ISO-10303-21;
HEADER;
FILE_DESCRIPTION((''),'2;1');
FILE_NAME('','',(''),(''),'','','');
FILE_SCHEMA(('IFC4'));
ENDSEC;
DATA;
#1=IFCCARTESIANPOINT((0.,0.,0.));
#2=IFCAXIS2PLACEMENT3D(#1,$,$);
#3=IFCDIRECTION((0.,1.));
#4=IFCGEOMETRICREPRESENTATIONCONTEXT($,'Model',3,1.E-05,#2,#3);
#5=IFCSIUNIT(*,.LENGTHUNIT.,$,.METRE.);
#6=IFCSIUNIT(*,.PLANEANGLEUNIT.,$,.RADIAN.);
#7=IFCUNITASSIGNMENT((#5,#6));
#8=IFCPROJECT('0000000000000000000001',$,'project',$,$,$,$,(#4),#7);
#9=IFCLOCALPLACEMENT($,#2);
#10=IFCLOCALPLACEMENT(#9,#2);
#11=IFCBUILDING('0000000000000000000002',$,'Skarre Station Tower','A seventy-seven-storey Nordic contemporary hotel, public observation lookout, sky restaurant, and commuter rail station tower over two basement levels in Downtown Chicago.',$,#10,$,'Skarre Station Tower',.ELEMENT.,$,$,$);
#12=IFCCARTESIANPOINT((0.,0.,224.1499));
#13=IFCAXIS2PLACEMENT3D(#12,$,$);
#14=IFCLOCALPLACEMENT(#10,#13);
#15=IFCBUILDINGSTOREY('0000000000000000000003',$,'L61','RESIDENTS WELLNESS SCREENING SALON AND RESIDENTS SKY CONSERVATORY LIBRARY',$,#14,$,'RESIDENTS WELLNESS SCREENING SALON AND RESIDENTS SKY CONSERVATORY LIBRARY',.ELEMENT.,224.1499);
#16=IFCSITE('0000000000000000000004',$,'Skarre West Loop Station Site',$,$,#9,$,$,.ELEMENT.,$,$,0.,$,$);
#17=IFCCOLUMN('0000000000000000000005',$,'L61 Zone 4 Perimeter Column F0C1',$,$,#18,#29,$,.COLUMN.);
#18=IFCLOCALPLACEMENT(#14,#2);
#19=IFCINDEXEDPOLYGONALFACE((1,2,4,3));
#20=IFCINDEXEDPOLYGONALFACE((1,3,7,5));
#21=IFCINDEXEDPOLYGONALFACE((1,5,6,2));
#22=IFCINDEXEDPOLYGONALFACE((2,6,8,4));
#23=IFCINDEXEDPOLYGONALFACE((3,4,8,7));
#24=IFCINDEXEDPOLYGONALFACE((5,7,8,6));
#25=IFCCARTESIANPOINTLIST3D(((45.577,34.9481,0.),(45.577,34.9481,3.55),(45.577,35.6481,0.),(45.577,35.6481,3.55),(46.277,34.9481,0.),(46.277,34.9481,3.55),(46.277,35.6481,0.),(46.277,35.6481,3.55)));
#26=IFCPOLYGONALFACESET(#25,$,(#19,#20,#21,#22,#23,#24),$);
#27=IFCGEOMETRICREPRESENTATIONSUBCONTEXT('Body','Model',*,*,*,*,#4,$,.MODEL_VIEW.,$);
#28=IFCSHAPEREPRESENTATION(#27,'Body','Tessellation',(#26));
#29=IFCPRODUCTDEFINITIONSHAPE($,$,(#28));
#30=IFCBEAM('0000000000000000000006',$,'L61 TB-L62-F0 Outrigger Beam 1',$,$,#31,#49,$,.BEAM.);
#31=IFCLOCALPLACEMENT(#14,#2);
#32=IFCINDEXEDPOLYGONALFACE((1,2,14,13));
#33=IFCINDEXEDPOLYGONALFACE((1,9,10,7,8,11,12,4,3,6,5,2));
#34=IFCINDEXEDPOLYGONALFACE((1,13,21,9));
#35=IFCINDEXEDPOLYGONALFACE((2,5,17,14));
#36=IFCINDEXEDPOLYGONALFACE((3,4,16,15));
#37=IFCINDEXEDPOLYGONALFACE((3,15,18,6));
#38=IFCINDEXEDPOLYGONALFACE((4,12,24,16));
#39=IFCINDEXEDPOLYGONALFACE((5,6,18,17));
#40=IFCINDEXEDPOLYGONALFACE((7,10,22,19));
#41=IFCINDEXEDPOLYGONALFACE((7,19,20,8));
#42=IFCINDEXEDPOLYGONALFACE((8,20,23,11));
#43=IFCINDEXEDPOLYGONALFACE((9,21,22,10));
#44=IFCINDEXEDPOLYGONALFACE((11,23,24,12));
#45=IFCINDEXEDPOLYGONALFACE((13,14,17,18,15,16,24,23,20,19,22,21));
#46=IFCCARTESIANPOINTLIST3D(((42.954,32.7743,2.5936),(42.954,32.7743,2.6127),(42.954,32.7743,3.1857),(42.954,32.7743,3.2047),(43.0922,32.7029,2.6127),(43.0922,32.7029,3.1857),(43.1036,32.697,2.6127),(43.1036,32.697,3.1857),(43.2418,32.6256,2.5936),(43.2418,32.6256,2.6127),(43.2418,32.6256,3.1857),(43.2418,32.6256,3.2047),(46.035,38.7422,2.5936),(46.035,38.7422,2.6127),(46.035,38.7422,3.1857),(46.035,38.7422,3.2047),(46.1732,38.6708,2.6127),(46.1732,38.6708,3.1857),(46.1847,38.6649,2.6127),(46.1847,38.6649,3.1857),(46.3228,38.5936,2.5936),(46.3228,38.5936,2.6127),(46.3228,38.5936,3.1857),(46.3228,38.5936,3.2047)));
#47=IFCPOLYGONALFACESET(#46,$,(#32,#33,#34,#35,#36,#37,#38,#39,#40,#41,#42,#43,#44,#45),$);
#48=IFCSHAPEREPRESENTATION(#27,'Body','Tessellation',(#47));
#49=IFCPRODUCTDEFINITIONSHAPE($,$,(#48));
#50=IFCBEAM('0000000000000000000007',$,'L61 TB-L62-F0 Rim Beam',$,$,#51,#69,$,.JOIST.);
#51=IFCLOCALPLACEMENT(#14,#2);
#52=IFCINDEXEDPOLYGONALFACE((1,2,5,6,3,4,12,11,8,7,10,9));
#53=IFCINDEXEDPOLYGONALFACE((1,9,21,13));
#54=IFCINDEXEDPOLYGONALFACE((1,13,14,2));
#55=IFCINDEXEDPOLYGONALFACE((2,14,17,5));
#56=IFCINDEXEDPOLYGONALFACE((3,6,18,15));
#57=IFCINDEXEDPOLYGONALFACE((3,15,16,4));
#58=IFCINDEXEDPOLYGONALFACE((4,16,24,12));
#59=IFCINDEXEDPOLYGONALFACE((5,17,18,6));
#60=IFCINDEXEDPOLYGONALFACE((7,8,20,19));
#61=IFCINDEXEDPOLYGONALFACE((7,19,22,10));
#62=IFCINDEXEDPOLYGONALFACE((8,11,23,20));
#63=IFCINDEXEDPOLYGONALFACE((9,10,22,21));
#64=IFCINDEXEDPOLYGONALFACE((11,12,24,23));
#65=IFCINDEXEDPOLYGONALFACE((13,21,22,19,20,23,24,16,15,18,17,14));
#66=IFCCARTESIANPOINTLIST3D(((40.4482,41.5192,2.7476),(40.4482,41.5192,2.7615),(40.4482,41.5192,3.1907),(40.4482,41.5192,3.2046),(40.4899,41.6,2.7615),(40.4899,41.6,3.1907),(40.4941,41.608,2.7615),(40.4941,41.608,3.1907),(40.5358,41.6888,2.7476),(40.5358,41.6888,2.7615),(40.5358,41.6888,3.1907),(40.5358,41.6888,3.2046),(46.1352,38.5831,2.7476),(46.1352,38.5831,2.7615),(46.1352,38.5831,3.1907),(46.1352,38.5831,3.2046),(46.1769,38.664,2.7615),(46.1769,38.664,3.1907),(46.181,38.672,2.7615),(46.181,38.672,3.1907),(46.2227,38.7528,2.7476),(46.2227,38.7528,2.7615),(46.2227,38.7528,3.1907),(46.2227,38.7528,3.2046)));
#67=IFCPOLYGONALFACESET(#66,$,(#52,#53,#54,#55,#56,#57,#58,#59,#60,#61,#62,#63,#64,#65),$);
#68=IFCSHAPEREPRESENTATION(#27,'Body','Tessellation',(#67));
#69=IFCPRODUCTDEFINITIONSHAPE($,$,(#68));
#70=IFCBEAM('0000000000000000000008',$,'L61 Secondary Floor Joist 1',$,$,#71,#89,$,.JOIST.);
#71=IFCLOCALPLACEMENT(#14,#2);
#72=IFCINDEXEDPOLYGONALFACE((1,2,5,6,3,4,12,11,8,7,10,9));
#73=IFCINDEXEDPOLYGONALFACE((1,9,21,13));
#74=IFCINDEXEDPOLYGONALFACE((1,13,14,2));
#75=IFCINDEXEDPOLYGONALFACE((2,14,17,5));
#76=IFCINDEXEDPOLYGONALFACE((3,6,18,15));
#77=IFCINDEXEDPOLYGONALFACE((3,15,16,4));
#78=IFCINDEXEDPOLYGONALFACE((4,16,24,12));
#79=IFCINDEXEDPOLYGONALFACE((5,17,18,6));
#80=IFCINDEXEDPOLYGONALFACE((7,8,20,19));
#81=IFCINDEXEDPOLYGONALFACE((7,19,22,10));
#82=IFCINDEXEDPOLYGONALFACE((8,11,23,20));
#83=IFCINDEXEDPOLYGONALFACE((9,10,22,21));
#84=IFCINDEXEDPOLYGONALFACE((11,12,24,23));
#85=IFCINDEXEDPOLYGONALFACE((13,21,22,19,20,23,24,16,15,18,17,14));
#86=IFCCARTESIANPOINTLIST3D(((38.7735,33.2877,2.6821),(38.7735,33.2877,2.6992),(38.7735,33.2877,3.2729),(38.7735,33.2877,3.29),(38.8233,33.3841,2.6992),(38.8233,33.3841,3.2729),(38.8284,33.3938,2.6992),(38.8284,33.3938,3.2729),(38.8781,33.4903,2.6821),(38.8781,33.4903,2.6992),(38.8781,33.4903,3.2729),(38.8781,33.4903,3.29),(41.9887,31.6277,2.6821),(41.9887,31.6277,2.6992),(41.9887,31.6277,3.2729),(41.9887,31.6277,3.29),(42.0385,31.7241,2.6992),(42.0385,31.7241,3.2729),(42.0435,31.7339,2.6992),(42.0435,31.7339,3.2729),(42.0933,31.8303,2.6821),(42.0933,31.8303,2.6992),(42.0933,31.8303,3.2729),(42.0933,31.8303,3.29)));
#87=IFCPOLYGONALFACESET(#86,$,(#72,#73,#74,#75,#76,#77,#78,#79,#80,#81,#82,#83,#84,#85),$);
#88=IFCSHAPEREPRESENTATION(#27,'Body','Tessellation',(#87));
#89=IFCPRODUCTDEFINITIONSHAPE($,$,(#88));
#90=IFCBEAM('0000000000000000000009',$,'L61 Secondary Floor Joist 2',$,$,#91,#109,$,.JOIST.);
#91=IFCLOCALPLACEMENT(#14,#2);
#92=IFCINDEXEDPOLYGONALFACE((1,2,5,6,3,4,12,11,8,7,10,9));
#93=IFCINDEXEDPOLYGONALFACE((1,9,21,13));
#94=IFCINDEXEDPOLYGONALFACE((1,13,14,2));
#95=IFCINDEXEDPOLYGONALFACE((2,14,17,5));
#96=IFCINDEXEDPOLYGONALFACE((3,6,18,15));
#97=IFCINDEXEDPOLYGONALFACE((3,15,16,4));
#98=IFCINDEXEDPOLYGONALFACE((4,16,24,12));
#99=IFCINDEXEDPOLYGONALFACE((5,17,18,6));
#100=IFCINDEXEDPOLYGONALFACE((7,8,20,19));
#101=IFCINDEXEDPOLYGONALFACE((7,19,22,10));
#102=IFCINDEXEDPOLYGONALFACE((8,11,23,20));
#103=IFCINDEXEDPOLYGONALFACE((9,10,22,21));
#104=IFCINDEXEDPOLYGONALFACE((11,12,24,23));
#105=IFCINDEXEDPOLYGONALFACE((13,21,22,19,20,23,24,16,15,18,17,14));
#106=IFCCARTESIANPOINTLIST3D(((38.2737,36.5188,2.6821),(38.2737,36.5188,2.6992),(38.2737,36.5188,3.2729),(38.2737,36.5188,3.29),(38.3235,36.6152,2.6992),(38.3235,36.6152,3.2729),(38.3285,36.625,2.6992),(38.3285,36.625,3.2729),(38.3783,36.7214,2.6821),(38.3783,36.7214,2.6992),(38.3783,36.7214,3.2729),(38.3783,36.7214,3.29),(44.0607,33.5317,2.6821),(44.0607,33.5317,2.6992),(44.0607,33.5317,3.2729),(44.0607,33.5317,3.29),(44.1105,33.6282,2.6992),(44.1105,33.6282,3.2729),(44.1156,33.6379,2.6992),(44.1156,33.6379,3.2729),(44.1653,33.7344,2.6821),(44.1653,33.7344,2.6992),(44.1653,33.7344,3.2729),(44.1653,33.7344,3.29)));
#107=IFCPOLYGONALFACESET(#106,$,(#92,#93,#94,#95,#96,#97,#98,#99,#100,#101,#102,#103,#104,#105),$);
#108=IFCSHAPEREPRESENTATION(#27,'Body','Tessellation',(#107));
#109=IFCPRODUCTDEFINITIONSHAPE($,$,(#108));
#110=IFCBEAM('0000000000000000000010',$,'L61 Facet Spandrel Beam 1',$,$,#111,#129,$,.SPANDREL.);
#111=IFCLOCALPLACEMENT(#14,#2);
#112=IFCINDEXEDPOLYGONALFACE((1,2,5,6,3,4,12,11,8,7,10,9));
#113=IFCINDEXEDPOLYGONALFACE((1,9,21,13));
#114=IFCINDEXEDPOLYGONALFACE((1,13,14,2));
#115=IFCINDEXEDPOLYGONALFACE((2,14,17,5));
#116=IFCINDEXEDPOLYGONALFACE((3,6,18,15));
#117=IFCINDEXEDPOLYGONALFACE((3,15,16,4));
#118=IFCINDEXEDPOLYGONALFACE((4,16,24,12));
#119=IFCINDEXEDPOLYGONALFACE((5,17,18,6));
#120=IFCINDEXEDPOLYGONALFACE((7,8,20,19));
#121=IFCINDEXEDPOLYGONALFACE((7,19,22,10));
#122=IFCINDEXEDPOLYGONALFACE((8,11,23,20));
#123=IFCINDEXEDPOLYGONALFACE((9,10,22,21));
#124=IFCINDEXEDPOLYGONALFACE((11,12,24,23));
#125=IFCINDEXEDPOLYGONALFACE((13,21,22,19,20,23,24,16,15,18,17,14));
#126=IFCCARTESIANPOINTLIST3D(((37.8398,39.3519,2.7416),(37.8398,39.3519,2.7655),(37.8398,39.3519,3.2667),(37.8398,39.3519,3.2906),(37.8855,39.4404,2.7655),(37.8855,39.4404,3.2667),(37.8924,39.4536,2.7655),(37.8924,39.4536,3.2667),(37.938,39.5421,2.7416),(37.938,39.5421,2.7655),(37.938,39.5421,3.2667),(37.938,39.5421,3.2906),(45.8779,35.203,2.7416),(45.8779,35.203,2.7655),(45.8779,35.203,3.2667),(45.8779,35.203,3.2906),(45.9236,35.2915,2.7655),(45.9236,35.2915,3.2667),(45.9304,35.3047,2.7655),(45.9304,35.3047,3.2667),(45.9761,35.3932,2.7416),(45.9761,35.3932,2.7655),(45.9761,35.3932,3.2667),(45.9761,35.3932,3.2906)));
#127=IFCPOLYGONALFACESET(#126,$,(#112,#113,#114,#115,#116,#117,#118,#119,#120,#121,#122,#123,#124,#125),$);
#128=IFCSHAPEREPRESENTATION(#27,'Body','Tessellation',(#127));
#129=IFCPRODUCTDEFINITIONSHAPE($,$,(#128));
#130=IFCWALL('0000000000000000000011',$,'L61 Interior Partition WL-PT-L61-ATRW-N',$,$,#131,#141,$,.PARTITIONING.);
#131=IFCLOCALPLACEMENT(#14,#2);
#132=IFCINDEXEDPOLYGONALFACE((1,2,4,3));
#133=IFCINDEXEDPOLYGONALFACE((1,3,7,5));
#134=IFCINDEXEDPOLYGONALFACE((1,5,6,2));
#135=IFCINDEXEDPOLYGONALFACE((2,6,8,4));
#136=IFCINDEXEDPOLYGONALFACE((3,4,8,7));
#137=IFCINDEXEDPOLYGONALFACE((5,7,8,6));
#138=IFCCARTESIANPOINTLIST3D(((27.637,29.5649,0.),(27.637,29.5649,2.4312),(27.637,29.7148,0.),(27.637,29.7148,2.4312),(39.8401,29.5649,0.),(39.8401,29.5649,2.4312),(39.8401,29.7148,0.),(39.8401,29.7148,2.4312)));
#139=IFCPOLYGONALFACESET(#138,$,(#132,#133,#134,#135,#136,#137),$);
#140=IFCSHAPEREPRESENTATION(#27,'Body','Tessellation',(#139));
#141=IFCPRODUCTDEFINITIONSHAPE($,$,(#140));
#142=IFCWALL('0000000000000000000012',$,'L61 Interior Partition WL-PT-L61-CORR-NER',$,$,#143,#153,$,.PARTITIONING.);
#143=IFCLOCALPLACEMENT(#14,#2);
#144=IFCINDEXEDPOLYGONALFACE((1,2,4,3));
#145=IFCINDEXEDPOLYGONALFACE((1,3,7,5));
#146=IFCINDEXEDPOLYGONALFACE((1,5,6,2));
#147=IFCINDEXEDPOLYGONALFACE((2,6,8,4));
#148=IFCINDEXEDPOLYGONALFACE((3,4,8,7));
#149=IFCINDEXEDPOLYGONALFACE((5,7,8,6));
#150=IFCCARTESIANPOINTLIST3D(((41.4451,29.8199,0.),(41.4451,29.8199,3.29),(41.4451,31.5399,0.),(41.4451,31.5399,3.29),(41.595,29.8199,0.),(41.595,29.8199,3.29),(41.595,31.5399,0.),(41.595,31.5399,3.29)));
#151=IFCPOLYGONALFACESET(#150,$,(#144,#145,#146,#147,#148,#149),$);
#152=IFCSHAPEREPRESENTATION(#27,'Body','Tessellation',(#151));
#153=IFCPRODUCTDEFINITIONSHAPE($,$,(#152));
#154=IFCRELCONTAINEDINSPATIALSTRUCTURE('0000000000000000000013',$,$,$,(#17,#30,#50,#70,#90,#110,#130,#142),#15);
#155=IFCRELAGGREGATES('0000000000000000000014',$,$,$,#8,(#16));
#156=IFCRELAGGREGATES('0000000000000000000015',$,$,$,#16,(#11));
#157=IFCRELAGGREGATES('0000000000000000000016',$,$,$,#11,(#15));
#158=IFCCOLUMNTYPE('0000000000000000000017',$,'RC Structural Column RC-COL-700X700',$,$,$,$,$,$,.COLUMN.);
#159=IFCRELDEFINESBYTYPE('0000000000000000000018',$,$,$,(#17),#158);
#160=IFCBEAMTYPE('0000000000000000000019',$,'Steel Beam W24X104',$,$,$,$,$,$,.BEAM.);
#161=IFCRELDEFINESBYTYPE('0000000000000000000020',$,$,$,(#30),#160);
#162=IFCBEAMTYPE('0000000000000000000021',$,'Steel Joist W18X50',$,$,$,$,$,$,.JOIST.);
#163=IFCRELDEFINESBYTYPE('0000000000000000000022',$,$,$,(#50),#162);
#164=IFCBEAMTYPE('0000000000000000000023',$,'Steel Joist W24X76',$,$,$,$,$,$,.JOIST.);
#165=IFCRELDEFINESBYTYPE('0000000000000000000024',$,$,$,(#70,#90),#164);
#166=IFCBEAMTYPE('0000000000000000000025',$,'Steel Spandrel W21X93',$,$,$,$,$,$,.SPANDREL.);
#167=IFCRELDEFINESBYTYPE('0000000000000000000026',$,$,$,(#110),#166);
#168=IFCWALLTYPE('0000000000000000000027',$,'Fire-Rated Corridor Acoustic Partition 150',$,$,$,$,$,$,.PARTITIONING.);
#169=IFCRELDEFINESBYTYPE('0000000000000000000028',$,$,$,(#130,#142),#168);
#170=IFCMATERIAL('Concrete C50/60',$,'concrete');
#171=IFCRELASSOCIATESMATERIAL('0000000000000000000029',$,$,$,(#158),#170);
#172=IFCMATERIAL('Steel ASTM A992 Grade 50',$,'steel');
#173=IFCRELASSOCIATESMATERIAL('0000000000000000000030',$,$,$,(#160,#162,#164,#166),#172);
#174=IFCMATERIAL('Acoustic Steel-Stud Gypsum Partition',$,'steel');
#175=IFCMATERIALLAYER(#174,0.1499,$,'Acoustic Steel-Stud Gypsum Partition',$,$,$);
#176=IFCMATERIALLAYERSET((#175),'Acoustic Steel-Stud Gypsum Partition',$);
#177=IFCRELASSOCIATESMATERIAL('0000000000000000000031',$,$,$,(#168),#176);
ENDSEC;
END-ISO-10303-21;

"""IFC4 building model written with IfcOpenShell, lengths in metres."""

from ifc_helpers import new_model, si_unit, direction, frame, frame_2d, origin, origin_2d, place, context, subcontext, project, spatial, rectangle, i_section, extrude, material, layer, layer_set, material_profile, profile_set, type_object, element, save


model = new_model("IFC4")

# Units and contexts
model_context = context("Model", 3, precision=1e-05, world=origin(), true_north=direction((0.0, 1.0)))
body_context = subcontext(model_context, "Body", "Model", "MODEL_VIEW")
ifc_project = project(units=[si_unit("LENGTHUNIT", "METRE"), si_unit("PLANEANGLEUNIT", "RADIAN")], contexts=[model_context])

# Site, building, storey
site_placement = place(None, origin())
site = spatial("IfcSite", under=ifc_project, at=site_placement, Name="Skarre West Loop Station Site", CompositionType="ELEMENT", RefElevation=0.0)
building_placement = place(site_placement, origin())
building = spatial("IfcBuilding", under=site, at=building_placement, Name="Skarre Station Tower", Description="A seventy-seven-storey Nordic contemporary hotel, public observation lookout, sky restaurant, and commuter rail station tower over two basement levels in Downtown Chicago.", LongName="Skarre Station Tower", CompositionType="ELEMENT")
storey_placement = place(building_placement, frame((0.0, 0.0, 224.1499)))
storey = spatial("IfcBuildingStorey", under=building, at=storey_placement, Name="L61", Description="RESIDENTS WELLNESS SCREENING SALON AND RESIDENTS SKY CONSERVATORY LIBRARY", LongName="RESIDENTS WELLNESS SCREENING SALON AND RESIDENTS SKY CONSERVATORY LIBRARY", CompositionType="ELEMENT", Elevation=224.1499)

# Column
ifc_material_1 = material(Name="Concrete C50/60", Category="concrete")
ifc_material_profile_1 = material_profile(ifc_material_1, rectangle(XDim=0.7, YDim=0.7, at=origin_2d()), Name="Concrete C50/60")
ifc_profile_set_1 = profile_set([ifc_material_profile_1], Name="Concrete C50/60")
column_type = type_object("IfcColumnType", Name="RC Structural Column RC-COL-700X700", PredefinedType="COLUMN", material=ifc_profile_set_1)
column_placement = place(storey_placement, frame((45.927, 35.2981, 0.0), z_axis=(0.0, 0.0, 1.0), x_axis=(1.0, 0.0, 0.0)))
element("IfcColumn", 1, at=column_placement, inside=storey, type_object=column_type, Name="L61 Zone 4 Perimeter Column F0C1", PredefinedType="COLUMN", context=body_context, shape_type="SweptSolid", body=[
    extrude(rectangle(XDim=0.7, YDim=0.7, at=origin_2d()), origin(), (0.0, 0.0, 1.0), 3.55),
])

# Beams
ifc_material_2 = material(Name="Steel ASTM A992 Grade 50", Category="steel")
ifc_material_profile_2 = material_profile(ifc_material_2, i_section(OverallWidth=0.324, OverallDepth=0.6111, WebThickness=0.0129, FlangeThickness=0.019, at=origin_2d()), Name="Steel ASTM A992 Grade 50")
ifc_profile_set_2 = profile_set([ifc_material_profile_2], Name="Steel ASTM A992 Grade 50")
beam_type_1 = type_object("IfcBeamType", Name="Steel Beam W24X104", PredefinedType="BEAM", material=ifc_profile_set_2)
beam_1_placement = place(storey_placement, frame((43.0979, 32.7, 2.8992), z_axis=(0.458736, 0.888573, 0.0), x_axis=(-0.888573, 0.458736, 0.0)))
element("IfcBeam", 2, at=beam_1_placement, inside=storey, type_object=beam_type_1, Name="L61 TB-L62-F0 Outrigger Beam 1", PredefinedType="BEAM", context=body_context, shape_type="SweptSolid", body=[
    extrude(i_section(OverallWidth=0.324, OverallDepth=0.6111, WebThickness=0.0129, FlangeThickness=0.019, at=origin_2d()), origin(), (0.0, 0.0, 1.0), 6.7163),
])
ifc_material_profile_3 = material_profile(ifc_material_2, i_section(OverallWidth=0.1909, OverallDepth=0.457, WebThickness=0.009, FlangeThickness=0.0139, at=origin_2d()), Name="Steel ASTM A992 Grade 50")
ifc_profile_set_3 = profile_set([ifc_material_profile_3], Name="Steel ASTM A992 Grade 50")
beam_type_2 = type_object("IfcBeamType", Name="Steel Joist W18X50", PredefinedType="JOIST", material=ifc_profile_set_3)
beam_2_placement = place(storey_placement, frame((46.179, 38.668, 2.9761), z_axis=(-0.888569, 0.458742, 0.0), x_axis=(-0.458742, -0.888569, 0.0)))
element("IfcBeam", 3, at=beam_2_placement, inside=storey, type_object=beam_type_2, Name="L61 TB-L62-F0 Rim Beam", PredefinedType="JOIST", context=body_context, shape_type="SweptSolid", body=[
    extrude(i_section(OverallWidth=0.1909, OverallDepth=0.457, WebThickness=0.009, FlangeThickness=0.0139, at=origin_2d()), origin(), (0.0, 0.0, 1.0), 6.4001),
])
ifc_material_profile_4 = material_profile(ifc_material_2, i_section(OverallWidth=0.228, OverallDepth=0.6079, WebThickness=0.011, FlangeThickness=0.0171, at=origin_2d()), Name="Steel ASTM A992 Grade 50")
ifc_profile_set_4 = profile_set([ifc_material_profile_4], Name="Steel ASTM A992 Grade 50")
beam_type_3 = type_object("IfcBeamType", Name="Steel Joist W24X76", PredefinedType="JOIST", material=ifc_profile_set_4)
beam_3_placement = place(storey_placement, frame((42.041, 31.729, 2.9861), z_axis=(-0.888563, 0.458755, 0.0), x_axis=(-0.458755, -0.888563, 0.0)))
element("IfcBeam", 4, at=beam_3_placement, inside=storey, type_object=beam_type_3, Name="L61 Secondary Floor Joist 1", PredefinedType="JOIST", context=body_context, shape_type="SweptSolid", body=[
    extrude(i_section(OverallWidth=0.228, OverallDepth=0.6079, WebThickness=0.011, FlangeThickness=0.0171, at=origin_2d()), origin(), (0.0, 0.0, 1.0), 3.6184),
])
beam_4_placement = place(storey_placement, frame((44.113, 33.6331, 2.9861), z_axis=(-0.88861, 0.458663, 0.0), x_axis=(-0.458663, -0.88861, 0.0)))
element("IfcBeam", 5, at=beam_4_placement, inside=storey, type_object=beam_type_3, Name="L61 Secondary Floor Joist 2", PredefinedType="JOIST", context=body_context, shape_type="SweptSolid", body=[
    extrude(i_section(OverallWidth=0.228, OverallDepth=0.6079, WebThickness=0.011, FlangeThickness=0.0171, at=origin_2d()), origin(), (0.0, 0.0, 1.0), 6.5125),
])
ifc_material_profile_5 = material_profile(ifc_material_2, i_section(OverallWidth=0.2141, OverallDepth=0.5491, WebThickness=0.0149, FlangeThickness=0.0239, at=origin_2d()), Name="Steel ASTM A992 Grade 50")
ifc_profile_set_5 = profile_set([ifc_material_profile_5], Name="Steel ASTM A992 Grade 50")
beam_type_4 = type_object("IfcBeamType", Name="Steel Spandrel W21X93", PredefinedType="SPANDREL", material=ifc_profile_set_5)
beam_5_placement = place(storey_placement, frame((45.927, 35.2981, 3.0161), z_axis=(-0.88861, 0.458664, 0.0), x_axis=(-0.458664, -0.88861, 0.0)))
element("IfcBeam", 6, at=beam_5_placement, inside=storey, type_object=beam_type_4, Name="L61 Facet Spandrel Beam 1", PredefinedType="SPANDREL", context=body_context, shape_type="SweptSolid", body=[
    extrude(i_section(OverallWidth=0.2141, OverallDepth=0.5491, WebThickness=0.0149, FlangeThickness=0.0239, at=origin_2d()), origin(), (0.0, 0.0, 1.0), 9.0457),
])

# Walls
ifc_material_3 = material(Name="Acoustic Steel-Stud Gypsum Partition", Category="steel")
ifc_layer_1 = layer(ifc_material_3, 0.1499, Name="Acoustic Steel-Stud Gypsum Partition")
ifc_layer_set_1 = layer_set([ifc_layer_1], Name="Acoustic Steel-Stud Gypsum Partition")
wall_type_1 = type_object("IfcWallType", Name="Fire-Rated Corridor Acoustic Partition 150", PredefinedType="PARTITIONING", material=ifc_layer_set_1)
wall_1_placement = place(storey_placement, frame((39.8401, 29.6399, 0.0), z_axis=(0.0, 0.0, 1.0), x_axis=(-1.0, 0.0, 0.0)))
element("IfcWall", 7, at=wall_1_placement, inside=storey, type_object=wall_type_1, Name="L61 Interior Partition WL-PT-L61-ATRW-N", PredefinedType="PARTITIONING", context=body_context, shape_type="SweptSolid", body=[
    extrude(rectangle(XDim=12.2031, YDim=0.1499, at=frame_2d((6.1016, 0.0))), origin(), (0.0, 0.0, 1.0), 2.4312),
])
wall_2_placement = place(storey_placement, frame((41.52, 29.8201, 0.0), z_axis=(0.0, 0.0, 1.0), x_axis=(0.0, 1.0, 0.0)))
element("IfcWall", 8, at=wall_2_placement, inside=storey, type_object=wall_type_1, Name="L61 Interior Partition WL-PT-L61-CORR-NER", PredefinedType="PARTITIONING", context=body_context, shape_type="SweptSolid", body=[
    extrude(rectangle(XDim=1.72, YDim=0.1499, at=frame_2d((0.8599, 0.0))), origin(), (0.0, 0.0, 1.0), 3.29),
])

save(model, "model.ifc")
